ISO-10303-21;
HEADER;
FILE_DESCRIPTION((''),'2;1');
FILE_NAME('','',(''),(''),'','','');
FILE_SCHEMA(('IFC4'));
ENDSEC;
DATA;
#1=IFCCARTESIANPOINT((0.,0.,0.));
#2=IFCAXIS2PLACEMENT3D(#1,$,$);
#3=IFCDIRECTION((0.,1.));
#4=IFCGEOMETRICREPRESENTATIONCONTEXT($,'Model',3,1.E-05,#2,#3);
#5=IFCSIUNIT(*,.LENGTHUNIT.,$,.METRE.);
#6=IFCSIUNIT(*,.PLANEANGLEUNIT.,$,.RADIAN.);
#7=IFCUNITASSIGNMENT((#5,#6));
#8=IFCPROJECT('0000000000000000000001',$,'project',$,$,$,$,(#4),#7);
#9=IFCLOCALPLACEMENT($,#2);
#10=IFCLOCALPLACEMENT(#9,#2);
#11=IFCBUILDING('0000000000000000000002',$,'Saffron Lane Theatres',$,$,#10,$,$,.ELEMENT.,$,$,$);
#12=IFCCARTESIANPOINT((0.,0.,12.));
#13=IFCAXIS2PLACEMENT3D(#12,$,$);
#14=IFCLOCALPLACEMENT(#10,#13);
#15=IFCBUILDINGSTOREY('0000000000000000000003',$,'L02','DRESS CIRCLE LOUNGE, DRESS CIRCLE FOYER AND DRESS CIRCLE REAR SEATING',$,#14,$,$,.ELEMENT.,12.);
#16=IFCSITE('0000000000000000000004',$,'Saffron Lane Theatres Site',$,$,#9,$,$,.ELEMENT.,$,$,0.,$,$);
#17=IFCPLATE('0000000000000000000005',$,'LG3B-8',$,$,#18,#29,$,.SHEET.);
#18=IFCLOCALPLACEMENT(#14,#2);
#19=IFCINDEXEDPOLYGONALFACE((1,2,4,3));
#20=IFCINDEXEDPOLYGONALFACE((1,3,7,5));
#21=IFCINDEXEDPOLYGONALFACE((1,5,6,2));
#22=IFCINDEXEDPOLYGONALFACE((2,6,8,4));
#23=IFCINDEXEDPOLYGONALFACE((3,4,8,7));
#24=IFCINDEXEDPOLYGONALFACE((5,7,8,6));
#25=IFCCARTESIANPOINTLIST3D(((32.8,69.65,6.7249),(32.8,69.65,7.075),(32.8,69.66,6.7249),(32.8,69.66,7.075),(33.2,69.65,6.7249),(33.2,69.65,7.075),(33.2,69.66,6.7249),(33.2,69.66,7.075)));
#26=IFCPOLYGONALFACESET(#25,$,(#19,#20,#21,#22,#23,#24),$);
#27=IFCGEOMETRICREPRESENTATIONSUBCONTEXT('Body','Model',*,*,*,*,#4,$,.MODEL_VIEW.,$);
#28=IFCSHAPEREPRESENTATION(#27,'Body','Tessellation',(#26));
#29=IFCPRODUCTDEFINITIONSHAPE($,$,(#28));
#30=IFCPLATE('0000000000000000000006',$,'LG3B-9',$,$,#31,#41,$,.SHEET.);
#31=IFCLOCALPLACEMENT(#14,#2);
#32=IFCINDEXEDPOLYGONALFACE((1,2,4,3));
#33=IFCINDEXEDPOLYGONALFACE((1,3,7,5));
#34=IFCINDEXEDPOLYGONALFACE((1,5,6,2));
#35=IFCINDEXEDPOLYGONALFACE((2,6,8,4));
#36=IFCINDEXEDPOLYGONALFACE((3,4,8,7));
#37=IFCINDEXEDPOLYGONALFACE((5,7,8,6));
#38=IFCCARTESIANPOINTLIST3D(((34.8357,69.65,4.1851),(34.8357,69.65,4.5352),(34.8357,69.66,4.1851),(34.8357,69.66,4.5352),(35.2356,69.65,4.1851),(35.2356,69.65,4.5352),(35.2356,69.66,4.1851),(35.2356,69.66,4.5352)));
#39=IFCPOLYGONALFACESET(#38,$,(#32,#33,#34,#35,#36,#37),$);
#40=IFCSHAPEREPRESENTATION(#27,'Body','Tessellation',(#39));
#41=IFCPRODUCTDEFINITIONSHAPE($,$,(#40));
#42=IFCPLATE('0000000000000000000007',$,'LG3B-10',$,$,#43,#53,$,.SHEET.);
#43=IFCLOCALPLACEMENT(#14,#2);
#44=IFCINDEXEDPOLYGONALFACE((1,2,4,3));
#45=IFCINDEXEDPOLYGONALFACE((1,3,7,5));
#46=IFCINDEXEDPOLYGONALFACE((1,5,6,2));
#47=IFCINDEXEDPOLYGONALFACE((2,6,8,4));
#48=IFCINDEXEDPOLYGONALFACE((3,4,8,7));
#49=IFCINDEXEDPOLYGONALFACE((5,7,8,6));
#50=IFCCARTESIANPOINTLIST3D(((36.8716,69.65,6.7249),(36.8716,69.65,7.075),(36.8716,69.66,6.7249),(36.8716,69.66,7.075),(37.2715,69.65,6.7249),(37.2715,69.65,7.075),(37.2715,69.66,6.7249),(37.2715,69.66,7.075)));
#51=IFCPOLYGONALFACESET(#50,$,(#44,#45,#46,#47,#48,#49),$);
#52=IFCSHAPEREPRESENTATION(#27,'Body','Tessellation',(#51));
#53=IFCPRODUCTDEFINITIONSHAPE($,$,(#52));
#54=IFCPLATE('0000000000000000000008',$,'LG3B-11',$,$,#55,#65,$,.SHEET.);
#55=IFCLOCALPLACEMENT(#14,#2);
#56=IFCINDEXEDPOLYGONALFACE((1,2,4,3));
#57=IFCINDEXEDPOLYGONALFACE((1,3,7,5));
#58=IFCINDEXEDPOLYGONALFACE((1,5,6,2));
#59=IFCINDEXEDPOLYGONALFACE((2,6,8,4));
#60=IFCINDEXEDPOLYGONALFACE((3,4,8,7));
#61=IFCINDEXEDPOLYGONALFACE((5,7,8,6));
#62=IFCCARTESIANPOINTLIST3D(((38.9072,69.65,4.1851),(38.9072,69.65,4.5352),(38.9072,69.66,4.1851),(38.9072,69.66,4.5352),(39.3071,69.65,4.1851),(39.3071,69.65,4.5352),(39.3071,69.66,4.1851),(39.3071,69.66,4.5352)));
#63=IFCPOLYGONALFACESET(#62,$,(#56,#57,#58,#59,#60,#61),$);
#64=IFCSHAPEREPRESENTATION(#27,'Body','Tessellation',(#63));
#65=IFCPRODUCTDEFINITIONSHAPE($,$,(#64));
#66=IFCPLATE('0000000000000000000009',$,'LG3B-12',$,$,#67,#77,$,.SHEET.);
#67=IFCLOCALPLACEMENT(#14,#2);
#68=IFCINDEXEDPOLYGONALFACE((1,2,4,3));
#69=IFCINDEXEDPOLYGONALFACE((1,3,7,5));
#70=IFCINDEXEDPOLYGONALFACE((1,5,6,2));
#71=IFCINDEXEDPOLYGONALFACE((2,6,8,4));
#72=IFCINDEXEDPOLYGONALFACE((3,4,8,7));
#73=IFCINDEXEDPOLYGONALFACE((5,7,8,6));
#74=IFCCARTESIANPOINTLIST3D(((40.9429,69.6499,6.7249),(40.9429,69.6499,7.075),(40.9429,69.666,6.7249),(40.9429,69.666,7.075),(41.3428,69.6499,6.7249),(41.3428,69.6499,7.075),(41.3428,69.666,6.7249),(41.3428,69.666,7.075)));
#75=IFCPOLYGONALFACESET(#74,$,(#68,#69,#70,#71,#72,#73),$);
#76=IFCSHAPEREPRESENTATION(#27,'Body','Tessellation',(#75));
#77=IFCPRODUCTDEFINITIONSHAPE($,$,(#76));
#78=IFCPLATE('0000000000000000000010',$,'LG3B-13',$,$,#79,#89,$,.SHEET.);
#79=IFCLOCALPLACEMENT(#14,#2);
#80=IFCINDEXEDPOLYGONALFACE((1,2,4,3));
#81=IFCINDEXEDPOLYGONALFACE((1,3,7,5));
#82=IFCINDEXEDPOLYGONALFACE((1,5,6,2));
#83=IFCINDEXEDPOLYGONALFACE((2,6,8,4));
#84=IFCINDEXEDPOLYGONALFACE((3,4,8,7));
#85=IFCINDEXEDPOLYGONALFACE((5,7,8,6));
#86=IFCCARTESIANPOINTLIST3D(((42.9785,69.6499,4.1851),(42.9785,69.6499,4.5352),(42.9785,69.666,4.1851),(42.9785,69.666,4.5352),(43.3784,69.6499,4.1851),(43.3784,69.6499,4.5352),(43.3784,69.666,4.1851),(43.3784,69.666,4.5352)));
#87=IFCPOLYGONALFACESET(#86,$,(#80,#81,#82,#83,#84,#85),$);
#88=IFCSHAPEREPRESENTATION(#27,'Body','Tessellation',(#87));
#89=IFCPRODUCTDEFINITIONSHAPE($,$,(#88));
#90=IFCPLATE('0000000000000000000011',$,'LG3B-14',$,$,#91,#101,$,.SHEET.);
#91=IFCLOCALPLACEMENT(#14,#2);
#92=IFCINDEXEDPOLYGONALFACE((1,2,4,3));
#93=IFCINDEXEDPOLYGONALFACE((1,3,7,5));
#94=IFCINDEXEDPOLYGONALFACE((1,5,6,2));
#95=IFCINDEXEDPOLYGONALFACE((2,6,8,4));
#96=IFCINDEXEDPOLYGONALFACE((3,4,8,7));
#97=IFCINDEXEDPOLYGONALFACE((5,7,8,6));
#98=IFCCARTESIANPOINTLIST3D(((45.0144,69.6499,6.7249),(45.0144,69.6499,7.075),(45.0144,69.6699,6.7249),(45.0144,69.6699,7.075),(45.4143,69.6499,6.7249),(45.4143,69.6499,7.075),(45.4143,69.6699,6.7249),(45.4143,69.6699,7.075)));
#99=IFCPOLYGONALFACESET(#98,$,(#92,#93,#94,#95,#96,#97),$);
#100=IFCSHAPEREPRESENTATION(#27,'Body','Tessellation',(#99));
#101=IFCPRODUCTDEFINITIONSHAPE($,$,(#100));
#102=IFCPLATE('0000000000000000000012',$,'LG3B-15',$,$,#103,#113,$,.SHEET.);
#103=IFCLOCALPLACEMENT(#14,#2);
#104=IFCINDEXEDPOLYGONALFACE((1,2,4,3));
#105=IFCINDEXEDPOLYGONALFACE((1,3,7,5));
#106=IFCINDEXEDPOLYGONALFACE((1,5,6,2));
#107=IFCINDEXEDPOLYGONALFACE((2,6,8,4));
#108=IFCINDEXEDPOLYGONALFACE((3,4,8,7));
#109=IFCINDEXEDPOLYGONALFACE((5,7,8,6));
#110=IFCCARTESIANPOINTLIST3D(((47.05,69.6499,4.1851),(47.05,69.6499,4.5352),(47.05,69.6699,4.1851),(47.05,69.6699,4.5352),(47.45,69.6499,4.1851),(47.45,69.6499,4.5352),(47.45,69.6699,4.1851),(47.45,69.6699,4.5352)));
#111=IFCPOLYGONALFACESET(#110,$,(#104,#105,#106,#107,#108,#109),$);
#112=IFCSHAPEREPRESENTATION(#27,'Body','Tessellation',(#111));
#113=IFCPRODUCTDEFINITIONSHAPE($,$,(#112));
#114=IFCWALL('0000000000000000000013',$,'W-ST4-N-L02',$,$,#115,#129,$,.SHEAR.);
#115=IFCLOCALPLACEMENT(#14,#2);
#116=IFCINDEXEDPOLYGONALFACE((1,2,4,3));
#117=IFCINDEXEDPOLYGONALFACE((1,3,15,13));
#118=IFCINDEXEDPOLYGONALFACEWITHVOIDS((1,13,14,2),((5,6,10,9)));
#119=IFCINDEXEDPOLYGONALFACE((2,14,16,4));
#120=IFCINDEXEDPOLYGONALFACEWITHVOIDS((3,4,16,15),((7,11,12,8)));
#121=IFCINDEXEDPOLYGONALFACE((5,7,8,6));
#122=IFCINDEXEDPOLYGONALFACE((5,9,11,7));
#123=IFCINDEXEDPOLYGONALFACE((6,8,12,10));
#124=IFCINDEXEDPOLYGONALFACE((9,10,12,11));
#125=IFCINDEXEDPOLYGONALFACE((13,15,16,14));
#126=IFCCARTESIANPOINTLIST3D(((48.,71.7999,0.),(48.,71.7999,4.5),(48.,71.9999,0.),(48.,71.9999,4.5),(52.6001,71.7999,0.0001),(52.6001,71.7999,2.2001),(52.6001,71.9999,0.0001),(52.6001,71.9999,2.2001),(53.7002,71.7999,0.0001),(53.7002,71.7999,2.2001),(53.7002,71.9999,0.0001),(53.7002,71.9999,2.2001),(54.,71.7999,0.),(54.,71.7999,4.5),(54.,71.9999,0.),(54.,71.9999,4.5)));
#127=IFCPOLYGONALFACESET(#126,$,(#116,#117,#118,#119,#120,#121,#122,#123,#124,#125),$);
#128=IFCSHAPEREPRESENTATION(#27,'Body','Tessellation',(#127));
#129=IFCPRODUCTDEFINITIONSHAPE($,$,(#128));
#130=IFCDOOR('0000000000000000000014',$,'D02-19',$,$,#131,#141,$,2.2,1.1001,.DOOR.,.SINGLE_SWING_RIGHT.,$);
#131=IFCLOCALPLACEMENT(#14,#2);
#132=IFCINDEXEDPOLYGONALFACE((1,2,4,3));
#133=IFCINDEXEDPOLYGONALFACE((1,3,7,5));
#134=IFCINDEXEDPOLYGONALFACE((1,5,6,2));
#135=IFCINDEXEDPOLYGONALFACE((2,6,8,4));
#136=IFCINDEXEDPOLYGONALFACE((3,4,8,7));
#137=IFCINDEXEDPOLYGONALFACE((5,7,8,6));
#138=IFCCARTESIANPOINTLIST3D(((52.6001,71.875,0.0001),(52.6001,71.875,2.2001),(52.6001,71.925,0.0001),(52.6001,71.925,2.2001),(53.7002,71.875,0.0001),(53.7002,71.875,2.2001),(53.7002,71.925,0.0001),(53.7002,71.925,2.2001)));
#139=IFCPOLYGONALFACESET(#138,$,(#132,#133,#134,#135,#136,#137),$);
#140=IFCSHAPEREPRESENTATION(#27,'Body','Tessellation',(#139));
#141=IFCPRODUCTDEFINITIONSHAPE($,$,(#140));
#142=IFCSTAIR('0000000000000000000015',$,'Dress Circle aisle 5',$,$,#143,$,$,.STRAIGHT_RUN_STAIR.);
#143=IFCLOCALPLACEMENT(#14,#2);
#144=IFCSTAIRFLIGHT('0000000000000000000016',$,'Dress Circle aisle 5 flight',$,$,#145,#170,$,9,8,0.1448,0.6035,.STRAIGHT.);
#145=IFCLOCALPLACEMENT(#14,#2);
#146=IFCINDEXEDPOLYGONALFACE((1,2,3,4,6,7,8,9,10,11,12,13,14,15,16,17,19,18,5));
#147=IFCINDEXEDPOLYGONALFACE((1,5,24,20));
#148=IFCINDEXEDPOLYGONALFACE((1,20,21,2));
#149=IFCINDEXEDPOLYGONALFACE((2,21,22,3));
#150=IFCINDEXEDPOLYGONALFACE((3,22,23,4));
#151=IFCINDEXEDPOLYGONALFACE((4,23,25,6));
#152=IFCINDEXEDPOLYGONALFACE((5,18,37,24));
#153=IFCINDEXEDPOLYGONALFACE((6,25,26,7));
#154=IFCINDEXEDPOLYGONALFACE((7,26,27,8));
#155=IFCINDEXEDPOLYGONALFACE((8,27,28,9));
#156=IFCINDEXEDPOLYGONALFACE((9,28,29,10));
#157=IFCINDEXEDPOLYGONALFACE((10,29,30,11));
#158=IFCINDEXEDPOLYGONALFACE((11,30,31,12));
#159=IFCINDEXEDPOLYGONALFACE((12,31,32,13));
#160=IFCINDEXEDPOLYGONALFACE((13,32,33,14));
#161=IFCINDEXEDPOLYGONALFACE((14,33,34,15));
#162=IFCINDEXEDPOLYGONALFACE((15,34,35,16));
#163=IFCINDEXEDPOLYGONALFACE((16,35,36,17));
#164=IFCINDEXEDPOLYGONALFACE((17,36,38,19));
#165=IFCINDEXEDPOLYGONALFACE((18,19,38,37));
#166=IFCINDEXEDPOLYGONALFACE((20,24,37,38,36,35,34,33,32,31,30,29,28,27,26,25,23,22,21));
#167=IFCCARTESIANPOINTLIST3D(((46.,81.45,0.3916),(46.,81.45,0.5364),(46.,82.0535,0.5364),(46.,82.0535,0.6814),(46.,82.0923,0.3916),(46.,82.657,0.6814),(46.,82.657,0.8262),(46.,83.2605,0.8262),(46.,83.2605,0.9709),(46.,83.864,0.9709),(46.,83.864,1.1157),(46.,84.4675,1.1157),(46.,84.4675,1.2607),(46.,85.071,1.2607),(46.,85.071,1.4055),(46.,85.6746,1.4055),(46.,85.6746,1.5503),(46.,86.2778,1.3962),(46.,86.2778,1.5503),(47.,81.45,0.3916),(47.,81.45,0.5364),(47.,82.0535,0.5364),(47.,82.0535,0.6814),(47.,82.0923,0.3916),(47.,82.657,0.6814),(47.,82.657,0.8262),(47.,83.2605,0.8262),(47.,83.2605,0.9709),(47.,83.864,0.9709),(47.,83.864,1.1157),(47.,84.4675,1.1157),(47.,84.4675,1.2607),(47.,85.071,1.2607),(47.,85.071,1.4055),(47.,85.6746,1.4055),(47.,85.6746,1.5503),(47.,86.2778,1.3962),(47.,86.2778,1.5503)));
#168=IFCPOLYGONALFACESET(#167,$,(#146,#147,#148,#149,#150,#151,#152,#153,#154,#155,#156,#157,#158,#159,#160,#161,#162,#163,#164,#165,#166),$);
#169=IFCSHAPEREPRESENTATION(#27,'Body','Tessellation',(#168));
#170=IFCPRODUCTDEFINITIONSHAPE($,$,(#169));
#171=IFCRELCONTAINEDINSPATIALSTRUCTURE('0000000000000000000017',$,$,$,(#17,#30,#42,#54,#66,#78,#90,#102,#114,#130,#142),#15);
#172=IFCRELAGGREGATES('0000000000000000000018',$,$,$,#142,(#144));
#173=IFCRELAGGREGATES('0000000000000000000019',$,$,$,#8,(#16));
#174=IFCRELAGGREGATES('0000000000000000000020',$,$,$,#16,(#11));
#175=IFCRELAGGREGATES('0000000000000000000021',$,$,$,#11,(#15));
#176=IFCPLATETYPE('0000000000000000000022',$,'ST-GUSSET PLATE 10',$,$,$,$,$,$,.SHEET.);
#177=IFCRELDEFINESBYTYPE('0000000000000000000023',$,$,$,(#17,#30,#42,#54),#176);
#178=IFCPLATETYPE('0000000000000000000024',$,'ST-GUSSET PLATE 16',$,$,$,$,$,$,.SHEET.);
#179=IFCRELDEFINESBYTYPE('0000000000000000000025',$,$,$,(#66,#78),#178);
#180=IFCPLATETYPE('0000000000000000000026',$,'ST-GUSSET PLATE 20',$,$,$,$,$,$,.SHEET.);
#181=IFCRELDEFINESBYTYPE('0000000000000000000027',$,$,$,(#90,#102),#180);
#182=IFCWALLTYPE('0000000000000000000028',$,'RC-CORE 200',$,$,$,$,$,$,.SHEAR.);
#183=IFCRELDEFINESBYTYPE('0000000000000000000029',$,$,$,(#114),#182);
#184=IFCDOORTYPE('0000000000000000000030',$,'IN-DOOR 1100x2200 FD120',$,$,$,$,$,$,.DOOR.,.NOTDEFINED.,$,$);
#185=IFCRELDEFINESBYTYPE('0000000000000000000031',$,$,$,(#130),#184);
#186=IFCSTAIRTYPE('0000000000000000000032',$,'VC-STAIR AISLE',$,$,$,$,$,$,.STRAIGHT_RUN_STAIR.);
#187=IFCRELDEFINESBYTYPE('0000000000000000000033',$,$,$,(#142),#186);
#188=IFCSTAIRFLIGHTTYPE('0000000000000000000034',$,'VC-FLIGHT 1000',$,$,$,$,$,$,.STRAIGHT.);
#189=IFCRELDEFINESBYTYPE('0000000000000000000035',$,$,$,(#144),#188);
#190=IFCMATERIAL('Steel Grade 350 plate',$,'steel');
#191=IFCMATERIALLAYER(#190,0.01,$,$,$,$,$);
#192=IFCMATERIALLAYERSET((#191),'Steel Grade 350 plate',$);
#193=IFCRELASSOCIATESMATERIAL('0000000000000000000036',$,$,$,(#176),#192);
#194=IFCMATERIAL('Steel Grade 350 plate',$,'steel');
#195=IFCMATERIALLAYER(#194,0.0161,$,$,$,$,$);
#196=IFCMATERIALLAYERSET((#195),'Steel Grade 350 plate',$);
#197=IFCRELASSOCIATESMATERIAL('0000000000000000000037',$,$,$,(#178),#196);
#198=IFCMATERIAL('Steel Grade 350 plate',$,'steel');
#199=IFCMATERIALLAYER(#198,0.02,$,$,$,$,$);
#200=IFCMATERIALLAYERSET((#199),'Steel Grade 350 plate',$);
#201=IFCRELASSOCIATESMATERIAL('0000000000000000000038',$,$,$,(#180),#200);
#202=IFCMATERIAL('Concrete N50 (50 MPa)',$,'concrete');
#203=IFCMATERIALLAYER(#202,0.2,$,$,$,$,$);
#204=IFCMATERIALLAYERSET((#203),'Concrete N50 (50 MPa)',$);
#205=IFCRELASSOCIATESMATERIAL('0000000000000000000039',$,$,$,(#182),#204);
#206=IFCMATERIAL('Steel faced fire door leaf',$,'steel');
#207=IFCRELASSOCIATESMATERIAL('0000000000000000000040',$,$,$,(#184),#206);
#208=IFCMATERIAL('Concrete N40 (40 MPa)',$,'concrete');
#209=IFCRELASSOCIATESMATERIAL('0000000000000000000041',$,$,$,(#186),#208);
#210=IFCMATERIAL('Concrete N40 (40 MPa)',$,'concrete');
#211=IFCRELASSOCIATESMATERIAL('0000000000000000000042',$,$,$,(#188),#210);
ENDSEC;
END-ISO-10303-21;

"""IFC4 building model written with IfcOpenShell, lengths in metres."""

from ifc_helpers import new_model, si_unit, direction, frame, frame_2d, origin, origin_2d, place, context, subcontext, project, spatial, polyline, rectangle, outline, extrude, material, layer, layer_set, type_object, element, fill, aggregate, save


model = new_model("IFC4")

# Units and contexts
model_context = context("Model", 3, precision=1e-05, world=origin(), true_north=direction((0.0, 1.0)))
body_context = subcontext(model_context, "Body", "Model", "MODEL_VIEW")
ifc_project = project(units=[si_unit("LENGTHUNIT", "METRE"), si_unit("PLANEANGLEUNIT", "RADIAN")], contexts=[model_context])

# Site, building, storey
site_placement = place(None, origin())
site = spatial("IfcSite", under=ifc_project, at=site_placement, Name="Saffron Lane Theatres Site", CompositionType="ELEMENT", RefElevation=0.0)
building_placement = place(site_placement, origin())
building = spatial("IfcBuilding", under=site, at=building_placement, Name="Saffron Lane Theatres", CompositionType="ELEMENT")
storey_placement = place(building_placement, frame((0.0, 0.0, 12.0)))
storey = spatial("IfcBuildingStorey", under=building, at=storey_placement, Name="L02", Description="DRESS CIRCLE LOUNGE, DRESS CIRCLE FOYER AND DRESS CIRCLE REAR SEATING", CompositionType="ELEMENT", Elevation=12.0)

# Plates
ifc_material_1 = material(Name="Steel Grade 350 plate", Category="steel")
ifc_layer_1 = layer(ifc_material_1, 0.01)
ifc_layer_set_1 = layer_set([ifc_layer_1], Name="Steel Grade 350 plate")
plate_type_1 = type_object("IfcPlateType", Name="ST-GUSSET PLATE 10", PredefinedType="SHEET", material=ifc_layer_set_1)
for number, where, z_axis, x_axis, name in (
    (1, (33.0, 69.655, 6.7249), (0.0, 0.0, 1.0), (1.0, 0.0, 0.0), "LG3B-8"),
    (2, (35.0356, 69.655, 4.1851), (0.0, 0.0, 1.0), (1.0, 0.0, 0.0), "LG3B-9"),
    (3, (37.0715, 69.655, 6.7249), (0.0, 0.0, 1.0), (1.0, 0.0, 0.0), "LG3B-10"),
    (4, (39.1072, 69.655, 4.1851), (0.0, 0.0, 1.0), (1.0, 0.0, 0.0), "LG3B-11"),
):
    element("IfcPlate", number, at=place(storey_placement, frame(where, z_axis=z_axis, x_axis=x_axis)), inside=storey, type_object=plate_type_1, Name=name, PredefinedType="SHEET", context=body_context, shape_type="SweptSolid", body=[
        extrude(rectangle(XDim=0.3999, YDim=0.01, at=origin_2d()), origin(), (0.0, 0.0, 1.0), 0.3501),
    ])
ifc_material_2 = material(Name="Steel Grade 350 plate", Category="steel")
ifc_layer_2 = layer(ifc_material_2, 0.0161)
ifc_layer_set_2 = layer_set([ifc_layer_2], Name="Steel Grade 350 plate")
plate_type_2 = type_object("IfcPlateType", Name="ST-GUSSET PLATE 16", PredefinedType="SHEET", material=ifc_layer_set_2)
for number, where, z_axis, x_axis, name in (
    (5, (41.1428, 69.658, 6.7249), (0.0, 0.0, 1.0), (1.0, 0.0, 0.0), "LG3B-12"),
    (6, (43.1785, 69.658, 4.1851), (0.0, 0.0, 1.0), (1.0, 0.0, 0.0), "LG3B-13"),
):
    element("IfcPlate", number, at=place(storey_placement, frame(where, z_axis=z_axis, x_axis=x_axis)), inside=storey, type_object=plate_type_2, Name=name, PredefinedType="SHEET", context=body_context, shape_type="SweptSolid", body=[
        extrude(rectangle(XDim=0.3999, YDim=0.0161, at=origin_2d()), origin(), (0.0, 0.0, 1.0), 0.3501),
    ])
ifc_material_3 = material(Name="Steel Grade 350 plate", Category="steel")
ifc_layer_3 = layer(ifc_material_3, 0.02)
ifc_layer_set_3 = layer_set([ifc_layer_3], Name="Steel Grade 350 plate")
plate_type_3 = type_object("IfcPlateType", Name="ST-GUSSET PLATE 20", PredefinedType="SHEET", material=ifc_layer_set_3)
for number, where, z_axis, x_axis, name in (
    (7, (45.2144, 69.6599, 6.7249), (0.0, 0.0, 1.0), (1.0, 0.0, 0.0), "LG3B-14"),
    (8, (47.25, 69.6599, 4.1851), (0.0, 0.0, 1.0), (1.0, 0.0, 0.0), "LG3B-15"),
):
    element("IfcPlate", number, at=place(storey_placement, frame(where, z_axis=z_axis, x_axis=x_axis)), inside=storey, type_object=plate_type_3, Name=name, PredefinedType="SHEET", context=body_context, shape_type="SweptSolid", body=[
        extrude(rectangle(XDim=0.3999, YDim=0.02, at=origin_2d()), origin(), (0.0, 0.0, 1.0), 0.3501),
    ])

# Wall, opening, door
ifc_material_4 = material(Name="Concrete N50 (50 MPa)", Category="concrete")
ifc_layer_4 = layer(ifc_material_4, 0.2)
ifc_layer_set_4 = layer_set([ifc_layer_4], Name="Concrete N50 (50 MPa)")
wall_type = type_object("IfcWallType", Name="RC-CORE 200", PredefinedType="SHEAR", material=ifc_layer_set_4)
wall_placement = place(storey_placement, frame((48.0, 71.8999, 0.0), z_axis=(0.0, 0.0, 1.0), x_axis=(1.0, 0.0, 0.0)))
wall = element("IfcWall", 9, at=wall_placement, inside=storey, type_object=wall_type, Name="W-ST4-N-L02", PredefinedType="SHEAR", context=body_context, shape_type="SweptSolid", body=[
    extrude(rectangle(XDim=6.0, YDim=0.2, at=frame_2d((3.0, 0.0))), origin(), (0.0, 0.0, 1.0), 4.5),
])
opening_placement = place(wall_placement, frame((4.6001, 0.0, 0.0)))
opening = element("IfcOpeningElement", 10, at=opening_placement, cuts=wall, PredefinedType="OPENING", context=body_context, shape_type="SweptSolid", body=[
    extrude(rectangle(XDim=1.1001, YDim=2.2, at=frame_2d((0.55, 1.1001))), frame((0.0, 0.1099, 0.0), z_axis=(0.0, -1.0, 0.0), x_axis=(1.0, 0.0, 0.0)), (0.0, 0.0, 1.0), 0.22),
])
ifc_material_5 = material(Name="Steel faced fire door leaf", Category="steel")
door_type = type_object("IfcDoorType", Name="IN-DOOR 1100x2200 FD120", OperationType="NOTDEFINED", PredefinedType="DOOR", material=ifc_material_5)
door_placement = place(opening_placement, frame((1.1001, 0.0, 0.0), z_axis=(0.0, 0.0, 1.0), x_axis=(-1.0, 0.0, 0.0)))
door = element("IfcDoor", 11, at=door_placement, inside=storey, type_object=door_type, Name="D02-19", OperationType="SINGLE_SWING_RIGHT", OverallHeight=2.2, OverallWidth=1.1001, PredefinedType="DOOR", context=body_context, shape_type="SweptSolid", body=[
    extrude(rectangle(XDim=1.1001, YDim=2.2, at=frame_2d((0.55, 1.1001))), frame((0.0, 0.0249, 0.0), z_axis=(0.0, -1.0, 0.0), x_axis=(1.0, 0.0, 0.0)), (0.0, 0.0, 1.0), 0.05),
])
fill(opening, door)

# Stair, stair flight
ifc_material_6 = material(Name="Concrete N40 (40 MPa)", Category="concrete")
stair_type_1 = type_object("IfcStairType", Name="VC-STAIR AISLE", PredefinedType="STRAIGHT_RUN_STAIR", material=ifc_material_6)
stair_1_placement = place(storey_placement, origin())
stair_1 = element("IfcStair", 12, at=stair_1_placement, inside=storey, type_object=stair_type_1, Name="Dress Circle aisle 5", PredefinedType="STRAIGHT_RUN_STAIR")
ifc_material_7 = material(Name="Concrete N40 (40 MPa)", Category="concrete")
stair_flight_type_1 = type_object("IfcStairFlightType", Name="VC-FLIGHT 1000", PredefinedType="STRAIGHT", material=ifc_material_7)
stair_flight_1_placement = place(storey_placement, frame((46.5, 81.45, 0.3916), z_axis=(0.0, 0.0, 1.0), x_axis=(0.0, 1.0, 0.0)))
stair_flight_1 = element("IfcStairFlight", 13, at=stair_flight_1_placement, type_object=stair_flight_type_1, Name="Dress Circle aisle 5 flight", NumberOfRisers=9, NumberOfTreads=8, PredefinedType="STRAIGHT", RiserHeight=0.1448, TreadLength=0.6035, context=body_context, shape_type="SweptSolid", body=[
    extrude(outline(polyline([(0.0, 0.0), (0.0, 0.1448), (0.6035, 0.1448), (0.6035, 0.2898), (1.207, 0.2898), (1.207, 0.4346), (1.8105, 0.4346), (1.8105, 0.5793), (2.4141, 0.5793), (2.4141, 0.7241), (3.0176, 0.7241), (3.0176, 0.8691), (3.6211, 0.8691), (3.6211, 1.0139), (4.2246, 1.0139), (4.2246, 1.1587), (4.8279, 1.1587), (4.8279, 1.3035), (4.8279, 1.0046), (0.6423, 0.0), (0.0, 0.0)])), frame((0.0, 0.5, 0.0), z_axis=(0.0, -1.0, 0.0), x_axis=(1.0, 0.0, 0.0)), (0.0, 0.0, 1.0), 1.0),
])
aggregate(stair_1, [stair_flight_1])

save(model, "model.ifc")
